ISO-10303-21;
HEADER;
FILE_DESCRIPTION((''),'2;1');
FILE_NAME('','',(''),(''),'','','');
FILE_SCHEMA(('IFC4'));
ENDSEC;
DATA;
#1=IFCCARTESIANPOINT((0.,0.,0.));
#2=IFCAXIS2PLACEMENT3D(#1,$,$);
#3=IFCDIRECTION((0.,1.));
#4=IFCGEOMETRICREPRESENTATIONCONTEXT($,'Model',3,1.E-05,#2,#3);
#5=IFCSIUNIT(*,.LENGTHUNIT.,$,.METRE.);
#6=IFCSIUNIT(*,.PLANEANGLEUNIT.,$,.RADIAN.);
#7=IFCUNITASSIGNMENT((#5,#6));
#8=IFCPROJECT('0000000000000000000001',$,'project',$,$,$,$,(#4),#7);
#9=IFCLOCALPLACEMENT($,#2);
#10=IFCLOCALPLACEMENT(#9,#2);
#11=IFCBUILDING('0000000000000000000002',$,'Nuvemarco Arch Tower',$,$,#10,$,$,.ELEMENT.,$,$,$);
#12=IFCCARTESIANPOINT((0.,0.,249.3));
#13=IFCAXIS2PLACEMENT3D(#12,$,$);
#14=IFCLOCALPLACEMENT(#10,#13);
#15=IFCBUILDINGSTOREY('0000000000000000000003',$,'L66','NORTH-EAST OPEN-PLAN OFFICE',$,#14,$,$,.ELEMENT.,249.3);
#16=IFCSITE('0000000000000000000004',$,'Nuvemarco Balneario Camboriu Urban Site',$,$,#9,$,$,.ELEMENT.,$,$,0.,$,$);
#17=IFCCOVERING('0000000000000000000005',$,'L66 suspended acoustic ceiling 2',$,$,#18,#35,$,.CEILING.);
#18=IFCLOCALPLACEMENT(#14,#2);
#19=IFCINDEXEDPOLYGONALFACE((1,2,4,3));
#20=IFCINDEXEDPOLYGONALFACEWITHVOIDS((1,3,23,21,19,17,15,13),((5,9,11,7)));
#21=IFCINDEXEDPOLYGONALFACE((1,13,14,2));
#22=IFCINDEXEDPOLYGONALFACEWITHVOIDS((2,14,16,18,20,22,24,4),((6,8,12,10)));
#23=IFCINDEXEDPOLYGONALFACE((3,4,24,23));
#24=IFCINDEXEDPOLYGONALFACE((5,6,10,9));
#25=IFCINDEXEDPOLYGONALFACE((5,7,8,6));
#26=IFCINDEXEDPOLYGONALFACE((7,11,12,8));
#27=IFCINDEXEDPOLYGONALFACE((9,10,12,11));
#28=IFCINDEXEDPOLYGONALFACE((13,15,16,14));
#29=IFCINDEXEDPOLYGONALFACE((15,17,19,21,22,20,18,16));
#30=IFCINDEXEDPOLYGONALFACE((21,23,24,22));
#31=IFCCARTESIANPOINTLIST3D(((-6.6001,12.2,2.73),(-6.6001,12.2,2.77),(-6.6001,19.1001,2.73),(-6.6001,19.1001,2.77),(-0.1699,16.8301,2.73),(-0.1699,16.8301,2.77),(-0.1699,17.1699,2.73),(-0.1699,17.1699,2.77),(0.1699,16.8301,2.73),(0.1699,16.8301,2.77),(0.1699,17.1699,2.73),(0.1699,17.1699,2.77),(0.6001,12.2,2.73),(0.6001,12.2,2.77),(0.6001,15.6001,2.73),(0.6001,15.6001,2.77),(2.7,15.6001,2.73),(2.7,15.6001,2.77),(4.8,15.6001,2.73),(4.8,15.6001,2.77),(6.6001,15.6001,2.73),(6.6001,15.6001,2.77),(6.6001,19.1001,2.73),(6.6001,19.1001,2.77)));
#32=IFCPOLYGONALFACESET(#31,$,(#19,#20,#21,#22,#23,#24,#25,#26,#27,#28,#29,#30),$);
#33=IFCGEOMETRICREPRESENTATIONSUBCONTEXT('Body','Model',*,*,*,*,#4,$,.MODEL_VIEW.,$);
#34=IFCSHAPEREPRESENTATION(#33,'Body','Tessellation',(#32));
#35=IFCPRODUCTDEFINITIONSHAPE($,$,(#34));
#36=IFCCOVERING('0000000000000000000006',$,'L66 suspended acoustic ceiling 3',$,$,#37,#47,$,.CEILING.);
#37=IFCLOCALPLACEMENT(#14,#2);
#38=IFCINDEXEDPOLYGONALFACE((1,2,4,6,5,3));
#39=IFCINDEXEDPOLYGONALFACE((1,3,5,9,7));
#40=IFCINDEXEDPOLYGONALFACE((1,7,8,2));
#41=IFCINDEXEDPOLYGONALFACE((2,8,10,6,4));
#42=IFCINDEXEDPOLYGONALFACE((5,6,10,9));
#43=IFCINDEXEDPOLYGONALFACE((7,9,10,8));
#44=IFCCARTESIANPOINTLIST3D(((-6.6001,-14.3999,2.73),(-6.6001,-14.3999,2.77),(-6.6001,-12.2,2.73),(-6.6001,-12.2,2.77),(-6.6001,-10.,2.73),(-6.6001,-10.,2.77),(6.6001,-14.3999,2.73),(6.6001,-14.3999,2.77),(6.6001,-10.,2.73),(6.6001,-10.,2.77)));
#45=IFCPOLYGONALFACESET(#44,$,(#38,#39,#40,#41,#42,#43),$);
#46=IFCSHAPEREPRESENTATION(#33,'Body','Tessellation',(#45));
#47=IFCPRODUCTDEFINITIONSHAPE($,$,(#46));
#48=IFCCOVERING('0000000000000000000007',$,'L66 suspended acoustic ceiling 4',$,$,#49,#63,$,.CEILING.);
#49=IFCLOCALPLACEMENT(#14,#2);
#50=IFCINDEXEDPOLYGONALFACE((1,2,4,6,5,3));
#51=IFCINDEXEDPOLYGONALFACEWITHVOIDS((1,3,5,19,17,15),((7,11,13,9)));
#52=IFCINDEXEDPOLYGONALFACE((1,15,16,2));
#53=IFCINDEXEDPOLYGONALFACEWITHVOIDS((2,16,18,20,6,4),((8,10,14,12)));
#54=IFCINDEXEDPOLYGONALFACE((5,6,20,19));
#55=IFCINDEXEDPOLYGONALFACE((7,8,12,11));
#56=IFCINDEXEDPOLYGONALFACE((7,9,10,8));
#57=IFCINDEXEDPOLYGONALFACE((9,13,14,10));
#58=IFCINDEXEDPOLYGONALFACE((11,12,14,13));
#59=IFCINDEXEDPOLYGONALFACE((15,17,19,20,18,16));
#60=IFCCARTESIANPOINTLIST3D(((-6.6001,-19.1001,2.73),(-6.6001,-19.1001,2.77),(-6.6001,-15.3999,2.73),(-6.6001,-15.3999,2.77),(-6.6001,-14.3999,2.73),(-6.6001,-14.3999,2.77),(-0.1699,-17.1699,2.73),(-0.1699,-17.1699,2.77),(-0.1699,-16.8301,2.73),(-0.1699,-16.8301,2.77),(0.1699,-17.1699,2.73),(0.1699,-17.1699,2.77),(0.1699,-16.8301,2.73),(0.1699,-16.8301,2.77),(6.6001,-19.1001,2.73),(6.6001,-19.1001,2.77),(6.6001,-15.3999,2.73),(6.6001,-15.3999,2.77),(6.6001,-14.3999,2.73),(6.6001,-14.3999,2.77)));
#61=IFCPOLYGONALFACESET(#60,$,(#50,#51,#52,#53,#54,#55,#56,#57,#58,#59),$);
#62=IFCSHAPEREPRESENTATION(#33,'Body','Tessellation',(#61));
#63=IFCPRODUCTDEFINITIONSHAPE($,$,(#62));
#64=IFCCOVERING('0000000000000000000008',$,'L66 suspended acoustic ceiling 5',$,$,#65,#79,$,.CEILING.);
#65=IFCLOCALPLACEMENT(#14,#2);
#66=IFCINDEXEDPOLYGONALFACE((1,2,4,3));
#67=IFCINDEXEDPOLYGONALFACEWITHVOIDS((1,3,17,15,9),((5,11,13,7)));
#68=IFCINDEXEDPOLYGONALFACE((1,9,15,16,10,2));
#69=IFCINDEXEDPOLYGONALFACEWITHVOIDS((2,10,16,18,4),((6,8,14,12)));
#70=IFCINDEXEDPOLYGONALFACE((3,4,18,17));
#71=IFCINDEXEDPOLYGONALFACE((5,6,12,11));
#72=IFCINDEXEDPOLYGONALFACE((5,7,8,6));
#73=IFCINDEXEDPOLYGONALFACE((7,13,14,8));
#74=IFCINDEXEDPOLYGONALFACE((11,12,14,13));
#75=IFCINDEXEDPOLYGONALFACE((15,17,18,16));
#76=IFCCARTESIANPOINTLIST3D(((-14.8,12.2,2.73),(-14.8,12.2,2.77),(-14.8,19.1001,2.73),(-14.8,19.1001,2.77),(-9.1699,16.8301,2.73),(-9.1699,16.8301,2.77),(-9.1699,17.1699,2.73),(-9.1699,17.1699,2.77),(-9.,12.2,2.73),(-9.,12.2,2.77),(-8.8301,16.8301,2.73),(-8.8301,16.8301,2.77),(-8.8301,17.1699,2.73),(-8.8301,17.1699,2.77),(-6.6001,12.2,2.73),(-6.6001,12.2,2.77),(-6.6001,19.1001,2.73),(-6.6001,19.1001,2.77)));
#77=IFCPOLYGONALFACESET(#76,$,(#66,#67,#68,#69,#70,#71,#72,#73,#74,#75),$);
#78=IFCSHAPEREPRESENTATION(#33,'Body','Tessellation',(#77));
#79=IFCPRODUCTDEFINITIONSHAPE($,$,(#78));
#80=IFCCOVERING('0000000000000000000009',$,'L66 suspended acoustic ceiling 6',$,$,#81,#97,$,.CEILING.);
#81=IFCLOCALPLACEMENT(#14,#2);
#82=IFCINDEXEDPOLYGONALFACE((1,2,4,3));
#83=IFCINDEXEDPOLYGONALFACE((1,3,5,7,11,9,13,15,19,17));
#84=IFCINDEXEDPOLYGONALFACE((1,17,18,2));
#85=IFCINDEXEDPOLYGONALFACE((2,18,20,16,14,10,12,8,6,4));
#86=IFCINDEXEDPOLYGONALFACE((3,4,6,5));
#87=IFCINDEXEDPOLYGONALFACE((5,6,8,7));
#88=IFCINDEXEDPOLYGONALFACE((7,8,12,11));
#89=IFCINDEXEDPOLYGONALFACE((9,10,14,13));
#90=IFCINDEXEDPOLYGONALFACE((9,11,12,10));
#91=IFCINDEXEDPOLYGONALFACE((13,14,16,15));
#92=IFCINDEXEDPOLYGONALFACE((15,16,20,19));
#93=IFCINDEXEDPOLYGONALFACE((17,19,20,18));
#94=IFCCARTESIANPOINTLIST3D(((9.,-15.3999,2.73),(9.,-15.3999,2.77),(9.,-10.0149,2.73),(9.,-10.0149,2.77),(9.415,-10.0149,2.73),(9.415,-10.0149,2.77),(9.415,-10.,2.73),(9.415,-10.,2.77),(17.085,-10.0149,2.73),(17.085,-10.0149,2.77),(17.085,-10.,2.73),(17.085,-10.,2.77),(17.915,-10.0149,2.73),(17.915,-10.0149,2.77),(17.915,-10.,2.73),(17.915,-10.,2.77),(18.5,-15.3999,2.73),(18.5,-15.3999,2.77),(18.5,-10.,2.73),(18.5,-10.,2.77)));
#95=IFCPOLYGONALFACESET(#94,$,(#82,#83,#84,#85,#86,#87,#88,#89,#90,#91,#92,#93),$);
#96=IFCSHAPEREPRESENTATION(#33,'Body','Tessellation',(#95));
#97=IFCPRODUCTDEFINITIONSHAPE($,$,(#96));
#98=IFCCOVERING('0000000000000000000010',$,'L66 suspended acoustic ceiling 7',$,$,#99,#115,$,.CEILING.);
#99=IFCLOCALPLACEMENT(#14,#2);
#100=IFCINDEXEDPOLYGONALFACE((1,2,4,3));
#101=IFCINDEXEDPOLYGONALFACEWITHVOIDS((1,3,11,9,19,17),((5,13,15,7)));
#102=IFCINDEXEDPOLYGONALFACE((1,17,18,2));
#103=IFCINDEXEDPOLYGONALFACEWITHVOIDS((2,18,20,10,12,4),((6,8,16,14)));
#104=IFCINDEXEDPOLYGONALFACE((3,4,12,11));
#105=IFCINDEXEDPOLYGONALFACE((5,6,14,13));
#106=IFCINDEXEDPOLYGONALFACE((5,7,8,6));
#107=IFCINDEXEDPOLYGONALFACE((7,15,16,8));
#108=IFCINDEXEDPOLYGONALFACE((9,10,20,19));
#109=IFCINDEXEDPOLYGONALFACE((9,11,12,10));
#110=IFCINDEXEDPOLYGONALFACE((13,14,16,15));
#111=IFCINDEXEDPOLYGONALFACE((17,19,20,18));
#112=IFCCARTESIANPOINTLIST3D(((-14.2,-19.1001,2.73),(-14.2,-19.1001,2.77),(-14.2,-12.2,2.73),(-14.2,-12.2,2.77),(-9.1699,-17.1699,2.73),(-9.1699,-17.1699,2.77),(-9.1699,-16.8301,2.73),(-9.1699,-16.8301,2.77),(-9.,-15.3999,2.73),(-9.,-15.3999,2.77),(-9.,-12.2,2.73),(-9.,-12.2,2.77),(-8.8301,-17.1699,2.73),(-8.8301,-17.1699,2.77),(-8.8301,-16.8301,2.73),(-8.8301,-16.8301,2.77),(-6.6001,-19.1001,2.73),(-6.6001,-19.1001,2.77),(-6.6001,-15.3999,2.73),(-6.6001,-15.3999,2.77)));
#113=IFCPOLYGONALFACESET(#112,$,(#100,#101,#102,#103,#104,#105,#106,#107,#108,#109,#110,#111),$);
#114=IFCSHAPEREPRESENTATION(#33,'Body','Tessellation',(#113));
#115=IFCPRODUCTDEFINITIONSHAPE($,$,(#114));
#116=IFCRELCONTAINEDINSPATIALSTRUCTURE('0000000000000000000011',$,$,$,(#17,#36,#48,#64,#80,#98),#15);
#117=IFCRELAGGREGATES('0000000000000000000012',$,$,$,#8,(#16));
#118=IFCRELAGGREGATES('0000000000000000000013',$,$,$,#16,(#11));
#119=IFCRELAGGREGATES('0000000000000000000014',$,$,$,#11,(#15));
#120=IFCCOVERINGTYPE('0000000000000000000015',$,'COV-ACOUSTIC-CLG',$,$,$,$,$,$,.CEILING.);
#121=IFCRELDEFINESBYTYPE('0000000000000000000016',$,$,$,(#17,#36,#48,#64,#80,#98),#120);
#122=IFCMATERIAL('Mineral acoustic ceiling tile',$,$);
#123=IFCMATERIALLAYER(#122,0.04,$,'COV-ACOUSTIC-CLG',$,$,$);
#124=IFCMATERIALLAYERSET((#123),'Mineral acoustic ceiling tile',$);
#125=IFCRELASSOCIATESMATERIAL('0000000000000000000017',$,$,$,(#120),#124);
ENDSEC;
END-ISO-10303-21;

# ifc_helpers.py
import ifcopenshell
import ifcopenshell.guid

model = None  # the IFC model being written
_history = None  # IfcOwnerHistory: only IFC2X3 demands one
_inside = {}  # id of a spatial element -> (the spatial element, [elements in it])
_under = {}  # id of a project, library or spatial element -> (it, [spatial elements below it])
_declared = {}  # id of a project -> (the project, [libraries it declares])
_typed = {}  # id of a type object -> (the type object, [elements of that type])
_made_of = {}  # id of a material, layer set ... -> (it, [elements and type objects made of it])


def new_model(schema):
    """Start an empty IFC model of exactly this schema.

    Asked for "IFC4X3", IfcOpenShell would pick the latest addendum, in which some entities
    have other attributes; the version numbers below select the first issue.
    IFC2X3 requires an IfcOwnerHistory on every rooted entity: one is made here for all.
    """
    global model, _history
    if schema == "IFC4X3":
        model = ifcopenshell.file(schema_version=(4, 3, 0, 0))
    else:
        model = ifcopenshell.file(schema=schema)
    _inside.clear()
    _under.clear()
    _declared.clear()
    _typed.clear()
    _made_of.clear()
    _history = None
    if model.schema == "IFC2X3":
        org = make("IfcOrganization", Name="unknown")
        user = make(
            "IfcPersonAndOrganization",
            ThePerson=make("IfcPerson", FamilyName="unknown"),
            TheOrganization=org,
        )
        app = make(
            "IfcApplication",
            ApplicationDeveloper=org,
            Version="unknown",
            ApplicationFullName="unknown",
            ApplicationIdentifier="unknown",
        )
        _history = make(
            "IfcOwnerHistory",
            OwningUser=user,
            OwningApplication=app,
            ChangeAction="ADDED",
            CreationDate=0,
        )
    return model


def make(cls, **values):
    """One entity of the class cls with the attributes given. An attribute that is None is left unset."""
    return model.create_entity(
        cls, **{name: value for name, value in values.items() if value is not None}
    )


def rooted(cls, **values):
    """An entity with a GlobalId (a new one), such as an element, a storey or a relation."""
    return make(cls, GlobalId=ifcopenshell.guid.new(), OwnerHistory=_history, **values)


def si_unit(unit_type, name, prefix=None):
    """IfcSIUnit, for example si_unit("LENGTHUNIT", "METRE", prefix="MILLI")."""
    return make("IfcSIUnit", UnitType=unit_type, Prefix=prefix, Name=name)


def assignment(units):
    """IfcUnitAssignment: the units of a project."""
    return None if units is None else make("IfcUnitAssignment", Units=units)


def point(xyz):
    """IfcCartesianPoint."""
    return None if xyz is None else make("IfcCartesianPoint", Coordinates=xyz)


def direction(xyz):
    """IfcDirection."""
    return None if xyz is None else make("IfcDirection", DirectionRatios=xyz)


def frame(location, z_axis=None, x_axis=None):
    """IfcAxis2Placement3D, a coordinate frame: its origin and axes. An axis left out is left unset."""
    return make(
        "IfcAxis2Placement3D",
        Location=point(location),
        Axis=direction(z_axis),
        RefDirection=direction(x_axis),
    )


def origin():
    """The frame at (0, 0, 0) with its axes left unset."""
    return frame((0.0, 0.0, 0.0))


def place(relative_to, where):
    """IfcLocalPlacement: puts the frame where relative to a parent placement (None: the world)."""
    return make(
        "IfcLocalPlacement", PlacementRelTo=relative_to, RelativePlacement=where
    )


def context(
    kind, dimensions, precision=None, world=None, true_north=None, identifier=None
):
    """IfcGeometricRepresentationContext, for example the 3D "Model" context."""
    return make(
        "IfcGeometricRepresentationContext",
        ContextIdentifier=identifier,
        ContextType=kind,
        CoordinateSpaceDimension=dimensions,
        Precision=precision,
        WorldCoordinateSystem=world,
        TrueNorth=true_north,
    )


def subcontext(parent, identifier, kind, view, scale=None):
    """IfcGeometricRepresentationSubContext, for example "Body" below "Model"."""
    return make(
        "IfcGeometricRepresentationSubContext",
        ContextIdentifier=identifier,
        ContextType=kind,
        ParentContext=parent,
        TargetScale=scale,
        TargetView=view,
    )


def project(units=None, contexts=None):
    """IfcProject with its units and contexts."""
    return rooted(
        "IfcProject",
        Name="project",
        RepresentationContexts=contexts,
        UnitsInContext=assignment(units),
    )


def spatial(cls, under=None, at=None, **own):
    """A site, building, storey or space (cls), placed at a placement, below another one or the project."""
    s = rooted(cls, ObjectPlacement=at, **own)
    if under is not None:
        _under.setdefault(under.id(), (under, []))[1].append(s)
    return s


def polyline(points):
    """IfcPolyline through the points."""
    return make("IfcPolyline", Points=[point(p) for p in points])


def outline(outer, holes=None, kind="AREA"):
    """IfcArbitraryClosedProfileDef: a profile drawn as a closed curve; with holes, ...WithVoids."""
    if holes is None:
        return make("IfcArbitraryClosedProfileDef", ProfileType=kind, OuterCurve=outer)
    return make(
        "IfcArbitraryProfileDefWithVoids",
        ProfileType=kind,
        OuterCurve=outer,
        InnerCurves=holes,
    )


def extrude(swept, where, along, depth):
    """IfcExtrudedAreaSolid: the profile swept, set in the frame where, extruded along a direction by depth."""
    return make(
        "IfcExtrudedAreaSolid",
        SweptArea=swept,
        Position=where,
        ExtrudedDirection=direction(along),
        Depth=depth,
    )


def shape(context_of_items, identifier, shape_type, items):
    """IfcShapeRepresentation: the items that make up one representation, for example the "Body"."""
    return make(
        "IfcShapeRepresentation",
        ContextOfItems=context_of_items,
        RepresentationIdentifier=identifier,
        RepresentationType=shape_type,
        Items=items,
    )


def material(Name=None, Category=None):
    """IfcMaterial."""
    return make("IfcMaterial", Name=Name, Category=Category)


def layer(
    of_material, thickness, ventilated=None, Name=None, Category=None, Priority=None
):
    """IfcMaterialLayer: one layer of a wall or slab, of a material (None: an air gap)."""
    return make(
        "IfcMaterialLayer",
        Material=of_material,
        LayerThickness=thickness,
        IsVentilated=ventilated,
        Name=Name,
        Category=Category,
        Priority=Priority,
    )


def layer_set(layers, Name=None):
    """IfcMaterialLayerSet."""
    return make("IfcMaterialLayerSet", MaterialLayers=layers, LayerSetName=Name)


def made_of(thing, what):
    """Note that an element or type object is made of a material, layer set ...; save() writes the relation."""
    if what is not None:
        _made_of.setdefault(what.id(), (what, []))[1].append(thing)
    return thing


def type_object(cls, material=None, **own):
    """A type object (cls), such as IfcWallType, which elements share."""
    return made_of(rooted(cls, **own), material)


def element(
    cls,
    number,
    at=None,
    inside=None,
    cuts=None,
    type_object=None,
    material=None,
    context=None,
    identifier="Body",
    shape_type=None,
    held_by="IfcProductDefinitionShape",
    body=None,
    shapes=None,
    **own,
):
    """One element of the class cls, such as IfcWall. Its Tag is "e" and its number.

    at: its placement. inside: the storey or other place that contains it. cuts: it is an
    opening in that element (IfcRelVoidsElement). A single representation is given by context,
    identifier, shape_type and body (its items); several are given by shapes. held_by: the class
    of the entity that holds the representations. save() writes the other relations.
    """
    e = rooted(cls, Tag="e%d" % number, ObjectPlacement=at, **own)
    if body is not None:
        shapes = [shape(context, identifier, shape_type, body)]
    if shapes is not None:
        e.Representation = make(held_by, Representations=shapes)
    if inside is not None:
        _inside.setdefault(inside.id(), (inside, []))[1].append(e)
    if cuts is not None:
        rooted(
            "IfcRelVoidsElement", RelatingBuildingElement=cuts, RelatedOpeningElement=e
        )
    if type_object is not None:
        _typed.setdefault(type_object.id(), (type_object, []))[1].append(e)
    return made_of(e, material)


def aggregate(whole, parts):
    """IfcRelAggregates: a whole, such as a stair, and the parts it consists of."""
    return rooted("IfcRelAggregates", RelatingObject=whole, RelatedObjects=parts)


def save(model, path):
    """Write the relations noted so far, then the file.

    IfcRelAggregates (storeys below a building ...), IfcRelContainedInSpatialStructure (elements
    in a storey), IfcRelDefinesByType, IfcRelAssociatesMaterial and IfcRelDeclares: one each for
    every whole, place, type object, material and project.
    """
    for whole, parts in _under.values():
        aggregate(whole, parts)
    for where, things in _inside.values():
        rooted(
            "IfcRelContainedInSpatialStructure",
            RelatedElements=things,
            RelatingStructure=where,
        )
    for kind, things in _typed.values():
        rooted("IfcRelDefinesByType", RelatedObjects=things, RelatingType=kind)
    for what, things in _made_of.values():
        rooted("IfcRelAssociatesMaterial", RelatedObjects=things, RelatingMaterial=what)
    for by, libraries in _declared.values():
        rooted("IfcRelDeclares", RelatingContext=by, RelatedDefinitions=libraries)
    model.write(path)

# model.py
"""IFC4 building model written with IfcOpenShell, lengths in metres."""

from ifc_helpers import new_model, si_unit, direction, frame, origin, place, context, subcontext, project, spatial, polyline, outline, extrude, material, layer, layer_set, type_object, element, save


model = new_model("IFC4")

# Units and contexts
model_context = context("Model", 3, precision=1e-05, world=origin(), true_north=direction((0.0, 1.0)))
body_context = subcontext(model_context, "Body", "Model", "MODEL_VIEW")
ifc_project = project(units=[si_unit("LENGTHUNIT", "METRE"), si_unit("PLANEANGLEUNIT", "RADIAN")], contexts=[model_context])

# Site, building, storey
site_placement = place(None, origin())
site = spatial("IfcSite", under=ifc_project, at=site_placement, Name="Nuvemarco Balneario Camboriu Urban Site", CompositionType="ELEMENT", RefElevation=0.0)
building_placement = place(site_placement, origin())
building = spatial("IfcBuilding", under=site, at=building_placement, Name="Nuvemarco Arch Tower", CompositionType="ELEMENT")
storey_placement = place(building_placement, frame((0.0, 0.0, 249.3)))
storey = spatial("IfcBuildingStorey", under=building, at=storey_placement, Name="L66", Description="NORTH-EAST OPEN-PLAN OFFICE", CompositionType="ELEMENT", Elevation=249.3)

# Coverings
ifc_material_1 = material(Name="Mineral acoustic ceiling tile")
ifc_layer_1 = layer(ifc_material_1, 0.04, Name="COV-ACOUSTIC-CLG")
ifc_layer_set_1 = layer_set([ifc_layer_1], Name="Mineral acoustic ceiling tile")
covering_type = type_object("IfcCoveringType", Name="COV-ACOUSTIC-CLG", PredefinedType="CEILING", material=ifc_layer_set_1)
covering_1_placement = place(storey_placement, frame((0.0, 0.0, 2.73)))
element("IfcCovering", 1, at=covering_1_placement, inside=storey, type_object=covering_type, Name="L66 suspended acoustic ceiling 2", PredefinedType="CEILING", context=body_context, shape_type="SweptSolid", body=[
    extrude(outline(polyline([(-6.6001, 12.2), (-6.6001, 19.1001), (6.6001, 19.1001), (6.6001, 15.6001), (4.8, 15.6001), (2.7, 15.6001), (0.6001, 15.6001), (0.6001, 12.2), (-6.6001, 12.2)]), holes=[polyline([(0.1699, 16.8301), (0.1699, 17.1699), (-0.1699, 17.1699), (-0.1699, 16.8301), (0.1699, 16.8301)])]), origin(), (0.0, 0.0, 1.0), 0.04),
])
covering_2_placement = place(storey_placement, frame((0.0, 0.0, 2.73)))
element("IfcCovering", 2, at=covering_2_placement, inside=storey, type_object=covering_type, Name="L66 suspended acoustic ceiling 3", PredefinedType="CEILING", context=body_context, shape_type="SweptSolid", body=[
    extrude(outline(polyline([(6.6001, -14.3999), (-6.6001, -14.3999), (-6.6001, -12.2), (-6.6001, -10.0), (6.6001, -10.0), (6.6001, -14.3999)])), origin(), (0.0, 0.0, 1.0), 0.04),
])
covering_3_placement = place(storey_placement, frame((0.0, 0.0, 2.73)))
element("IfcCovering", 3, at=covering_3_placement, inside=storey, type_object=covering_type, Name="L66 suspended acoustic ceiling 4", PredefinedType="CEILING", context=body_context, shape_type="SweptSolid", body=[
    extrude(outline(polyline([(6.6001, -15.3999), (6.6001, -19.1001), (-6.6001, -19.1001), (-6.6001, -15.3999), (-6.6001, -14.3999), (6.6001, -14.3999), (6.6001, -15.3999)]), holes=[polyline([(0.1699, -17.1699), (0.1699, -16.8301), (-0.1699, -16.8301), (-0.1699, -17.1699), (0.1699, -17.1699)])]), origin(), (0.0, 0.0, 1.0), 0.04),
])
covering_4_placement = place(storey_placement, frame((0.0, 0.0, 2.73)))
element("IfcCovering", 4, at=covering_4_placement, inside=storey, type_object=covering_type, Name="L66 suspended acoustic ceiling 5", PredefinedType="CEILING", context=body_context, shape_type="SweptSolid", body=[
    extrude(outline(polyline([(-6.6001, 12.2), (-9.0, 12.2), (-14.8, 12.2), (-14.8, 19.1001), (-6.6001, 19.1001), (-6.6001, 12.2)]), holes=[polyline([(-8.8301, 17.1699), (-9.1699, 17.1699), (-9.1699, 16.8301), (-8.8301, 16.8301), (-8.8301, 17.1699)])]), origin(), (0.0, 0.0, 1.0), 0.04),
])
covering_5_placement = place(storey_placement, frame((0.0, 0.0, 2.73)))
element("IfcCovering", 5, at=covering_5_placement, inside=storey, type_object=covering_type, Name="L66 suspended acoustic ceiling 6", PredefinedType="CEILING", context=body_context, shape_type="SweptSolid", body=[
    extrude(outline(polyline([(17.085, -10.0149), (17.915, -10.0149), (17.915, -10.0), (18.5, -10.0), (18.5, -15.3999), (9.0, -15.3999), (9.0, -10.0149), (9.415, -10.0149), (9.415, -10.0), (17.085, -10.0), (17.085, -10.0149)])), origin(), (0.0, 0.0, 1.0), 0.04),
])
covering_6_placement = place(storey_placement, frame((0.0, 0.0, 2.73)))
element("IfcCovering", 6, at=covering_6_placement, inside=storey, type_object=covering_type, Name="L66 suspended acoustic ceiling 7", PredefinedType="CEILING", context=body_context, shape_type="SweptSolid", body=[
    extrude(outline(polyline([(-6.6001, -15.3999), (-6.6001, -19.1001), (-14.2, -19.1001), (-14.2, -12.2), (-9.0, -12.2), (-9.0, -15.3999), (-6.6001, -15.3999)]), holes=[polyline([(-8.8301, -16.8301), (-9.1699, -16.8301), (-9.1699, -17.1699), (-8.8301, -17.1699), (-8.8301, -16.8301)])]), origin(), (0.0, 0.0, 1.0), 0.04),
])

save(model, "model.ifc")
